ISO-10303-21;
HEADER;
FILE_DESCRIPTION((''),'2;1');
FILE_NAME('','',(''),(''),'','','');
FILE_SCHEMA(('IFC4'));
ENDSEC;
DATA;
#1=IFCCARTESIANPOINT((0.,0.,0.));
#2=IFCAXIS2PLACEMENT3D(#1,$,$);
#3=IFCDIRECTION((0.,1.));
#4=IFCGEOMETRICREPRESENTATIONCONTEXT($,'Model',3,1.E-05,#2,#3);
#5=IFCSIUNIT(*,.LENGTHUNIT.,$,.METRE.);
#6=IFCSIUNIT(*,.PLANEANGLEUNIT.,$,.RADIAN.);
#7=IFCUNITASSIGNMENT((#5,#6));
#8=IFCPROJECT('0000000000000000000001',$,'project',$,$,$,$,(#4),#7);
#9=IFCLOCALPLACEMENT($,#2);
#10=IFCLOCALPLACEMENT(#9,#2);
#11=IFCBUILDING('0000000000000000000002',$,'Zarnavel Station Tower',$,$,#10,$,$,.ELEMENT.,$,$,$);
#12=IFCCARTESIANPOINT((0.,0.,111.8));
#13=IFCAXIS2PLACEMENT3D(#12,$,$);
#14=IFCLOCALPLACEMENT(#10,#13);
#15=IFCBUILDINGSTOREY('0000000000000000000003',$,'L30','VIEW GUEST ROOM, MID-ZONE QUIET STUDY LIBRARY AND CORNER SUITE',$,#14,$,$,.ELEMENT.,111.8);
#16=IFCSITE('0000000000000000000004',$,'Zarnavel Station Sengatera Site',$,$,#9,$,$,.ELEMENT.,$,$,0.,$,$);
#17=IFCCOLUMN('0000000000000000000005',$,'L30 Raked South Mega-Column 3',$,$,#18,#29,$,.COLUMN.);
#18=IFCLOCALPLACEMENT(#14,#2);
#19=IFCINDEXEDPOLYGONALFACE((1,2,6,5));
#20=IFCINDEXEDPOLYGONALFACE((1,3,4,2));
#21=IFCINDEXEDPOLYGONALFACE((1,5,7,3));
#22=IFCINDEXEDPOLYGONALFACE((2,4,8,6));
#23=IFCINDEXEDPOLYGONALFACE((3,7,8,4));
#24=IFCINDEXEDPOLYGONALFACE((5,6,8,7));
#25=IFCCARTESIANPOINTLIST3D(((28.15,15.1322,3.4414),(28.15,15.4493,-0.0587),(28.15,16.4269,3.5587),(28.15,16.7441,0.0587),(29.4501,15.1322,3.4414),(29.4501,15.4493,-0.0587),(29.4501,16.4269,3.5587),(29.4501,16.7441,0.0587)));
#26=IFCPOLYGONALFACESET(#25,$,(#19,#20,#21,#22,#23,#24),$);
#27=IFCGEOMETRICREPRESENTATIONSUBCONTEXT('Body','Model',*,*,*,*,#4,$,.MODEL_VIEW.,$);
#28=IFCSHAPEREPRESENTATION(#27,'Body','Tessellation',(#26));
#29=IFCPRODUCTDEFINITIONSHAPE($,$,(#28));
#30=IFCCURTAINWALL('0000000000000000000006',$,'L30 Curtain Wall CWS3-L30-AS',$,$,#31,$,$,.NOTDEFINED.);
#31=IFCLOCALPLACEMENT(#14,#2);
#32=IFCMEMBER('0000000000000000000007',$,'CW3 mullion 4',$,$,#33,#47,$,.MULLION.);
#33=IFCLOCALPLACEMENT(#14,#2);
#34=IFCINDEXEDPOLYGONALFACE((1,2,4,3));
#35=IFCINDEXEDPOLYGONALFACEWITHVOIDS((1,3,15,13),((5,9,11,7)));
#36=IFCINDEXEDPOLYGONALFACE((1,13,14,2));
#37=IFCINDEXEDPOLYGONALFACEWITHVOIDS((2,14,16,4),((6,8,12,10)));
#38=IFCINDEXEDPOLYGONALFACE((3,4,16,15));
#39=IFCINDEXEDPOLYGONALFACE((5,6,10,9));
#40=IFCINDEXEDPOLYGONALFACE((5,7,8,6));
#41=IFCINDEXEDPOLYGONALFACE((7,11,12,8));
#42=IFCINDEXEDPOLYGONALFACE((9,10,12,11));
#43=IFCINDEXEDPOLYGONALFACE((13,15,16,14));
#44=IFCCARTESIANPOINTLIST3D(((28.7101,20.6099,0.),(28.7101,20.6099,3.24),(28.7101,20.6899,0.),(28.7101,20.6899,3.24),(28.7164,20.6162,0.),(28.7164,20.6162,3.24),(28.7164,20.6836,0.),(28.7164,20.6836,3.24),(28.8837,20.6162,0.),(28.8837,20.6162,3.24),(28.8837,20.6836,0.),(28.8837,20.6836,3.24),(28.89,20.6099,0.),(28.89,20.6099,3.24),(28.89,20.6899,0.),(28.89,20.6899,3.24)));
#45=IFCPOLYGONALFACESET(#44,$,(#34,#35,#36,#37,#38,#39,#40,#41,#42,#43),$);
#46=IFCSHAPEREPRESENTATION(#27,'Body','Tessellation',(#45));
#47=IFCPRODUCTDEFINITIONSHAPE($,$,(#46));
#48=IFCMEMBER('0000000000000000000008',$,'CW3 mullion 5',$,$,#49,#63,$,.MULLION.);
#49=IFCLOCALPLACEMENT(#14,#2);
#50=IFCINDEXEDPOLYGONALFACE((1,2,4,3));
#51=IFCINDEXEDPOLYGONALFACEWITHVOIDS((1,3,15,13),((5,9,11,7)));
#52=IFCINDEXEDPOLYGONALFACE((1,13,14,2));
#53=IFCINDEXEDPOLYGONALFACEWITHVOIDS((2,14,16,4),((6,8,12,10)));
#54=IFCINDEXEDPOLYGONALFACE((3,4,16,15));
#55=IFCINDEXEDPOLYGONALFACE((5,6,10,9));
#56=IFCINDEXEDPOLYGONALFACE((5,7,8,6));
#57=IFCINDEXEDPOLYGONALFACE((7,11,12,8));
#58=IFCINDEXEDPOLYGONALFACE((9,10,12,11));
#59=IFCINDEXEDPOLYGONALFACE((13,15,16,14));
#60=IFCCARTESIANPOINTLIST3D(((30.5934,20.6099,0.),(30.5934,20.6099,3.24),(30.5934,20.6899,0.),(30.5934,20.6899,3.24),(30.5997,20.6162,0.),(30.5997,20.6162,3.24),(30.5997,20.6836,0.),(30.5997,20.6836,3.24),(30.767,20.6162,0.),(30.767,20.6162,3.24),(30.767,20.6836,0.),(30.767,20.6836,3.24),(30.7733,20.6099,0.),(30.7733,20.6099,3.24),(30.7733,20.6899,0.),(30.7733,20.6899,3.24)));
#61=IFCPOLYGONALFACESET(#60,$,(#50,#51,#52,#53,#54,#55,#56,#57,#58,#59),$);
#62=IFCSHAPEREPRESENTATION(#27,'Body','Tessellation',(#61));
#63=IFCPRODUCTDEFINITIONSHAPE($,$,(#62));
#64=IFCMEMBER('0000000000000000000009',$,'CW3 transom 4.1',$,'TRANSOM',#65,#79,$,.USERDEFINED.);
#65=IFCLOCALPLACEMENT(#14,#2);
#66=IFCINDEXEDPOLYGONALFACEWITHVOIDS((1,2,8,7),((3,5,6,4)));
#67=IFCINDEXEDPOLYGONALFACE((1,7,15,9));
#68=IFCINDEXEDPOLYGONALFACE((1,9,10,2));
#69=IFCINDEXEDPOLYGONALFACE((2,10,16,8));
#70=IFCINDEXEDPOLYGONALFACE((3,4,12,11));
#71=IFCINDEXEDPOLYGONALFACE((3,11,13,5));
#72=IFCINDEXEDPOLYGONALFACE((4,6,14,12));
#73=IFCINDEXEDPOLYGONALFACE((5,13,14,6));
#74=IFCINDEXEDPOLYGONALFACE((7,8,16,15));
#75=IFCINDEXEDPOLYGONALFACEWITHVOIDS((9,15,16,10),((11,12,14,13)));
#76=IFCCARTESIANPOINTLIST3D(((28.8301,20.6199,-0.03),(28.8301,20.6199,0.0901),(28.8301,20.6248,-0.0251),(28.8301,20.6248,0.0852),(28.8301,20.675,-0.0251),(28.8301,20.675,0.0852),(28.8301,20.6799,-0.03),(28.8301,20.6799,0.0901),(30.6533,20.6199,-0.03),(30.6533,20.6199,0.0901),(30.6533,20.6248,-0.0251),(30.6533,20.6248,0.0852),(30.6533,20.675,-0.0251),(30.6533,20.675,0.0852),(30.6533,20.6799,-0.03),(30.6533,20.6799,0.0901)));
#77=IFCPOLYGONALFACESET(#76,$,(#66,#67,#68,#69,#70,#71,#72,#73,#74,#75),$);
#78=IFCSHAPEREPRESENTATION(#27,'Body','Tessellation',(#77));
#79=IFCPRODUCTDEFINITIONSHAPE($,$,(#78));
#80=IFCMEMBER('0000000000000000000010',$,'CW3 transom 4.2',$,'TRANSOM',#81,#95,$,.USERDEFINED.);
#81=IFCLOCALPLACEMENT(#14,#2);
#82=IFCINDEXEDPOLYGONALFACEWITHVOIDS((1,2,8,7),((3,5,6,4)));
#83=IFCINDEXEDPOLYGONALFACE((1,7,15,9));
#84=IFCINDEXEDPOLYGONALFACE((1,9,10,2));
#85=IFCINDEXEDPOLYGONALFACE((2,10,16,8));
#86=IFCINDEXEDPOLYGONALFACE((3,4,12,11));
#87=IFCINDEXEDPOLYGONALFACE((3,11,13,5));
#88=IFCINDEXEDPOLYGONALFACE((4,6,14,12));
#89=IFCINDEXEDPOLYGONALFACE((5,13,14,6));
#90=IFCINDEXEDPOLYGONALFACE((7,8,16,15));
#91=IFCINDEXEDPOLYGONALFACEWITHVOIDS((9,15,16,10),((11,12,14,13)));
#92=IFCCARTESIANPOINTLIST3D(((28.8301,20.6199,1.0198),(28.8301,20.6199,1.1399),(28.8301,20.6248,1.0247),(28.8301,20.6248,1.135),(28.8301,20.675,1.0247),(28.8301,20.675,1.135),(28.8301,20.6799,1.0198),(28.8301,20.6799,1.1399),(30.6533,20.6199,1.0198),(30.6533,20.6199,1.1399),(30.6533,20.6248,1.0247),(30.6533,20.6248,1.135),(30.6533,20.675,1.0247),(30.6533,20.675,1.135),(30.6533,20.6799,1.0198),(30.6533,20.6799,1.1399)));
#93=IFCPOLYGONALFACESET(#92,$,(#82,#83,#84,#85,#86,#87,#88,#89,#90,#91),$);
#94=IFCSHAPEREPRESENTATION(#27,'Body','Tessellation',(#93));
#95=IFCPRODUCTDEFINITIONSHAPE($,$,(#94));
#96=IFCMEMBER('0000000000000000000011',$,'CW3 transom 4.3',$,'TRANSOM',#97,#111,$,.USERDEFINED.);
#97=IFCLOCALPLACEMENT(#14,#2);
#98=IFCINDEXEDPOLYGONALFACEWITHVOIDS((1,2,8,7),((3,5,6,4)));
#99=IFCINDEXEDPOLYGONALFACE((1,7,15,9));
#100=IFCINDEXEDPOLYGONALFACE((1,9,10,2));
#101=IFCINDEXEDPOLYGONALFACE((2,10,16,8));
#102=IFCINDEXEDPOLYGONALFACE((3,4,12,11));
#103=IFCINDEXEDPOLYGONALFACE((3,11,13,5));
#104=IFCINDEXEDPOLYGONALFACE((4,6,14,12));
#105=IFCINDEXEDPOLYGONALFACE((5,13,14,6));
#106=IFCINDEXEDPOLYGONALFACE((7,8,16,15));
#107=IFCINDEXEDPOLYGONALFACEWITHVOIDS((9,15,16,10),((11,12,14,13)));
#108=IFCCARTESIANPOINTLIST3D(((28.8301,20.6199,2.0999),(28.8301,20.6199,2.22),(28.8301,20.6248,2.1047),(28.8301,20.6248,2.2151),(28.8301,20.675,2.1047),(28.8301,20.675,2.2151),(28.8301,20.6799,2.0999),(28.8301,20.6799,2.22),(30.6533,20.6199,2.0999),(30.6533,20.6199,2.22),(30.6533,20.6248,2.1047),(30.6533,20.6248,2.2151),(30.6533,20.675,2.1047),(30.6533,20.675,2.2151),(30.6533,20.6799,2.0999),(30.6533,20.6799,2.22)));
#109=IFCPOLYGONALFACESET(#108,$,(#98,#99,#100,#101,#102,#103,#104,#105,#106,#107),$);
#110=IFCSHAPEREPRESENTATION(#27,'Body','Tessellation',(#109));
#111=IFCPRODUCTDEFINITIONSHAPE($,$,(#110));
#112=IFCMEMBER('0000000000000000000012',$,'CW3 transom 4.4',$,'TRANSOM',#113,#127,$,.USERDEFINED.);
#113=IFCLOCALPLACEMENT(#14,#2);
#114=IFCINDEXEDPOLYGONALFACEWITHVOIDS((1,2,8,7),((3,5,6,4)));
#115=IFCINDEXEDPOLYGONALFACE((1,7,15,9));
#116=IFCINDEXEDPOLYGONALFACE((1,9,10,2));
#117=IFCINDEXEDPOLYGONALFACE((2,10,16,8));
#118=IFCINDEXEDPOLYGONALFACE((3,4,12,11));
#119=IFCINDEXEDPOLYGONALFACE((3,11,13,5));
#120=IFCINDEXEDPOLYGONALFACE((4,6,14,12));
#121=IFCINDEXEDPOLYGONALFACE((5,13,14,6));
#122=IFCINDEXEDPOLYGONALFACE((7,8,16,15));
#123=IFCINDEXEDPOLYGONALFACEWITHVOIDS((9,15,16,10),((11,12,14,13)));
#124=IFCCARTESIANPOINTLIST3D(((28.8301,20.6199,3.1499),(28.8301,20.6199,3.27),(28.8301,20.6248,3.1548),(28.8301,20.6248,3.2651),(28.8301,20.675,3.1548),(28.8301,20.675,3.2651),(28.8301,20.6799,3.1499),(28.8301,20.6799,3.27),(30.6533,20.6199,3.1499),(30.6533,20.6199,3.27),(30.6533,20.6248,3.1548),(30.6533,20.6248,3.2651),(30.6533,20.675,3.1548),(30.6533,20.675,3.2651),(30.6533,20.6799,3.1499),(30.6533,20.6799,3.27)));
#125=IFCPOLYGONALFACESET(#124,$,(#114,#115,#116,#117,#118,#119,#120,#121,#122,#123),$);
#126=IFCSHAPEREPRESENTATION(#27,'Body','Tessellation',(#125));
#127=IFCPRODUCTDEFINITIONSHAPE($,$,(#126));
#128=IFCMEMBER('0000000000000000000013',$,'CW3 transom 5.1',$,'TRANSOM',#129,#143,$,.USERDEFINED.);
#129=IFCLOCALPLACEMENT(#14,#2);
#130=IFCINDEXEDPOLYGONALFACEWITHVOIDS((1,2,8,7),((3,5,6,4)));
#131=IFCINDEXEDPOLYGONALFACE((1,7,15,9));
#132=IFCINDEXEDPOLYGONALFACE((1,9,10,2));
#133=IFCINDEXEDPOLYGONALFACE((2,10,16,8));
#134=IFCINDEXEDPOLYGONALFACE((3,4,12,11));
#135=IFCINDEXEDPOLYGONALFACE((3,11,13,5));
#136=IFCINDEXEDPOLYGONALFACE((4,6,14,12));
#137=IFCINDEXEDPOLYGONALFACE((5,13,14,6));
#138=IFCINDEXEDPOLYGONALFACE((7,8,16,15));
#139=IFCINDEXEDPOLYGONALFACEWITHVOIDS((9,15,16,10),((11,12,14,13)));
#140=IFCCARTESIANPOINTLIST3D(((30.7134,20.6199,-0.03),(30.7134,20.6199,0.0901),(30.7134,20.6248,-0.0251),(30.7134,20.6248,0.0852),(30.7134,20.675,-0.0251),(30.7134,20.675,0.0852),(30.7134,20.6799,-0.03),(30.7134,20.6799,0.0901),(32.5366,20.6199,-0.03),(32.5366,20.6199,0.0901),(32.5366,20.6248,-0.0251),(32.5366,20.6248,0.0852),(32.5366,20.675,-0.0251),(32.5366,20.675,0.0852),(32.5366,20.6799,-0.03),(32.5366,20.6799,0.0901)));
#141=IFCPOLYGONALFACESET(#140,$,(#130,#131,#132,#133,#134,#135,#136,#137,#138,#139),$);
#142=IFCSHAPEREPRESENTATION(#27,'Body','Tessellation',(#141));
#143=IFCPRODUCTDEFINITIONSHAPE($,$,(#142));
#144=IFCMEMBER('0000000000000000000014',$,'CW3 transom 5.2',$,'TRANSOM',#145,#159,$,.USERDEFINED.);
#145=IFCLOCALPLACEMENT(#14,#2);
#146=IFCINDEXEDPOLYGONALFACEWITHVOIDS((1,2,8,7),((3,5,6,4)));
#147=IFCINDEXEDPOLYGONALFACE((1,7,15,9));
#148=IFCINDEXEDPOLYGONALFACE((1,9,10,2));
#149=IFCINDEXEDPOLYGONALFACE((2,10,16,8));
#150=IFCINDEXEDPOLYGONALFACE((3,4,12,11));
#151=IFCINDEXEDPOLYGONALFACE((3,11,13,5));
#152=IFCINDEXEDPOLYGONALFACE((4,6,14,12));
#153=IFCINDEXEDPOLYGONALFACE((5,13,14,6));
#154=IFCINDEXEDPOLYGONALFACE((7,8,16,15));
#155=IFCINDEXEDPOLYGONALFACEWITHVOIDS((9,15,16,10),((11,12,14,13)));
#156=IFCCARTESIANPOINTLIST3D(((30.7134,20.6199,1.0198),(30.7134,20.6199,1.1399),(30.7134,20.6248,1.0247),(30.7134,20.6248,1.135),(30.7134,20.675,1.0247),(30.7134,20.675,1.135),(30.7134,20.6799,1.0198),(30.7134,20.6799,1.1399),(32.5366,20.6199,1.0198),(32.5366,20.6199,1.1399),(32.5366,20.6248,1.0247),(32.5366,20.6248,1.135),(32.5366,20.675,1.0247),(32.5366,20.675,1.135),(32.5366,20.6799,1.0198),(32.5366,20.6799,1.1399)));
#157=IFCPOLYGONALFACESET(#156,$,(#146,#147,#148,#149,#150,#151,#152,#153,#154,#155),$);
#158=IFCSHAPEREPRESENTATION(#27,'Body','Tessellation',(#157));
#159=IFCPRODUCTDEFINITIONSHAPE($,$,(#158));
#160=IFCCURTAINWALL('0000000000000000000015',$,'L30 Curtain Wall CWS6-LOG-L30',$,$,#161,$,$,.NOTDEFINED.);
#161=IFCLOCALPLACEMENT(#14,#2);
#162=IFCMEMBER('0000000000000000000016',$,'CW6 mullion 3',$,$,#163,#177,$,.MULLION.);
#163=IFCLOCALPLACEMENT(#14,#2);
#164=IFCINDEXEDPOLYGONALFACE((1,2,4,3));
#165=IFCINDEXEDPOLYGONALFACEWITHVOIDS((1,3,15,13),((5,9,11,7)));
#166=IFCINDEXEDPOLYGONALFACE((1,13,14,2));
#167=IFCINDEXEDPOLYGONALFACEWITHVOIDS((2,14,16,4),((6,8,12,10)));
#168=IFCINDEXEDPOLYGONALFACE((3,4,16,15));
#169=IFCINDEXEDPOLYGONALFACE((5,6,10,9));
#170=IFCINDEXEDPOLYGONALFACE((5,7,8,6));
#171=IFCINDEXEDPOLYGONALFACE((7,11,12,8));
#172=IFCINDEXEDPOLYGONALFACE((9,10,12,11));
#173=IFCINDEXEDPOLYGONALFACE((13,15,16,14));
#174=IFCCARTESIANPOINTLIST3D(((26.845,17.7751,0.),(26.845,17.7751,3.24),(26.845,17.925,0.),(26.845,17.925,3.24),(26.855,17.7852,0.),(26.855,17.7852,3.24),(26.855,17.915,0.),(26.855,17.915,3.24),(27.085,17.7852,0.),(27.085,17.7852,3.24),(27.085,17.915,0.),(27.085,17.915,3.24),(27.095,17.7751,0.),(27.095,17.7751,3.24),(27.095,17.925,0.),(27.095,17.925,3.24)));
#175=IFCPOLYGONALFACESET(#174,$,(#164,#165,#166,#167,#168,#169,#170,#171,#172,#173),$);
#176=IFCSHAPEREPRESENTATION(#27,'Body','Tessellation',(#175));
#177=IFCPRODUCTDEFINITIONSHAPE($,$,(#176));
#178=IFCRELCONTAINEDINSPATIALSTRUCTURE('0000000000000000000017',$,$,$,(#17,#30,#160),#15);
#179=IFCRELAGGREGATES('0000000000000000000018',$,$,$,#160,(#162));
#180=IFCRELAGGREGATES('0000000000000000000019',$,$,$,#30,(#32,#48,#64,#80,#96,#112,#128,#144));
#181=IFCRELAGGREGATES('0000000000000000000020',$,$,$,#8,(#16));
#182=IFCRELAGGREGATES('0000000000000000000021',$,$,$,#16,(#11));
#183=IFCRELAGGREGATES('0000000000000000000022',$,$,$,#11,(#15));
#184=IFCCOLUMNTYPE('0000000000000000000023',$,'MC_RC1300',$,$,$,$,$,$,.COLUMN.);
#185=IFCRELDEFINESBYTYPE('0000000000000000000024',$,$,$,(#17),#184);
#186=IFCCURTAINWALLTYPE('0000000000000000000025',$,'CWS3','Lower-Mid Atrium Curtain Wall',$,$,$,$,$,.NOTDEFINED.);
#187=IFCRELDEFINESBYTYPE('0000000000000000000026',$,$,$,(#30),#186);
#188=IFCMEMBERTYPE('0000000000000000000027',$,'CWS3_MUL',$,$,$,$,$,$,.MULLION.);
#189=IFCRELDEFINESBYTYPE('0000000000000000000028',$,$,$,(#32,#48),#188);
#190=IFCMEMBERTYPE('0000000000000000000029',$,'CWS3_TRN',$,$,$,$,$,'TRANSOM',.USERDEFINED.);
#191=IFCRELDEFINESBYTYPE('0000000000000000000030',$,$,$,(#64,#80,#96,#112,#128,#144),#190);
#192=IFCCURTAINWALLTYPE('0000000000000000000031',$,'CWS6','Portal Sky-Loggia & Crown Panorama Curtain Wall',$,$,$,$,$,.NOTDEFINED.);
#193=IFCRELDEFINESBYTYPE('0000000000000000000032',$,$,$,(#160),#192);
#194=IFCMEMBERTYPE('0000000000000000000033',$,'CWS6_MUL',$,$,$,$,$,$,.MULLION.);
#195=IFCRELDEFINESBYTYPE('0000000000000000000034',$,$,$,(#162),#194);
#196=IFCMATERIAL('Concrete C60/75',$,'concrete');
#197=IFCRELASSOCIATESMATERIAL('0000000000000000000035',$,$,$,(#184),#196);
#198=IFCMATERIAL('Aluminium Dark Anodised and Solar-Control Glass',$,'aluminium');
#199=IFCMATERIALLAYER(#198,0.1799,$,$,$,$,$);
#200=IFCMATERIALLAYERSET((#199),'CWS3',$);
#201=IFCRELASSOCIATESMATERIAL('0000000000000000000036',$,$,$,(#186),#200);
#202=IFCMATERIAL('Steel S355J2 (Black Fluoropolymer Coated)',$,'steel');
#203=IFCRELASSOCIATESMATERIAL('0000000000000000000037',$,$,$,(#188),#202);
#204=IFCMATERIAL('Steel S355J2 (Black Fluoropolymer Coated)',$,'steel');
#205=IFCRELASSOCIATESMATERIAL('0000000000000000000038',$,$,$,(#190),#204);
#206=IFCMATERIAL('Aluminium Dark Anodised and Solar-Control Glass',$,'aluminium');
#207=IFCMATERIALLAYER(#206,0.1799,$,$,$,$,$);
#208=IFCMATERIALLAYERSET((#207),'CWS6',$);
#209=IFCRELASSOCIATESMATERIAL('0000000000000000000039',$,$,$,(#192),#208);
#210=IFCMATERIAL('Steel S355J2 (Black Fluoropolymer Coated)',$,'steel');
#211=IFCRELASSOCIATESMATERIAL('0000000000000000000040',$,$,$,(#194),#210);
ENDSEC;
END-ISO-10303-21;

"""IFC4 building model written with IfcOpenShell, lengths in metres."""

from ifc_helpers import new_model, si_unit, direction, frame, origin, origin_2d, place, context, subcontext, project, spatial, rectangle, hollow_rectangle, extrude, material, layer, layer_set, material_profile, profile_set, type_object, element, aggregate, save


model = new_model("IFC4")

# Units and contexts
model_context = context("Model", 3, precision=1e-05, world=origin(), true_north=direction((0.0, 1.0)))
body_context = subcontext(model_context, "Body", "Model", "MODEL_VIEW")
ifc_project = project(units=[si_unit("LENGTHUNIT", "METRE"), si_unit("PLANEANGLEUNIT", "RADIAN")], contexts=[model_context])

# Site, building, storey
site_placement = place(None, origin())
site = spatial("IfcSite", under=ifc_project, at=site_placement, Name="Zarnavel Station Sengatera Site", CompositionType="ELEMENT", RefElevation=0.0)
building_placement = place(site_placement, origin())
building = spatial("IfcBuilding", under=site, at=building_placement, Name="Zarnavel Station Tower", CompositionType="ELEMENT")
storey_placement = place(building_placement, frame((0.0, 0.0, 111.8)))
storey = spatial("IfcBuildingStorey", under=building, at=storey_placement, Name="L30", Description="VIEW GUEST ROOM, MID-ZONE QUIET STUDY LIBRARY AND CORNER SUITE", CompositionType="ELEMENT", Elevation=111.8)

# Column
ifc_material_1 = material(Name="Concrete C60/75", Category="concrete")
ifc_material_profile_1 = material_profile(ifc_material_1, rectangle(XDim=1.3, YDim=1.3, at=origin_2d()), Name="RC1300x1300")
ifc_profile_set_1 = profile_set([ifc_material_profile_1], Name="Concrete C60/75")
column_type = type_object("IfcColumnType", Name="MC_RC1300", PredefinedType="COLUMN", material=ifc_profile_set_1)
column_placement = place(storey_placement, frame((28.8, 16.0967, 0.0), z_axis=(0.0, -0.090241, 0.99592), x_axis=(1.0, 0.0, 0.0)))
element("IfcColumn", 1, at=column_placement, inside=storey, type_object=column_type, Name="L30 Raked South Mega-Column 3", PredefinedType="COLUMN", context=body_context, shape_type="SweptSolid", body=[
    extrude(rectangle(XDim=1.3, YDim=1.3, at=origin_2d()), origin(), (0.0, 0.0, 1.0), 3.5144),
])

# Curtain wall, members
ifc_material_2 = material(Name="Aluminium Dark Anodised and Solar-Control Glass", Category="aluminium")
ifc_layer_1 = layer(ifc_material_2, 0.1799)
ifc_layer_set_1 = layer_set([ifc_layer_1], Name="CWS3")
curtain_wall_type_1 = type_object("IfcCurtainWallType", Name="CWS3", Description="Lower-Mid Atrium Curtain Wall", PredefinedType="NOTDEFINED", material=ifc_layer_set_1)
curtain_wall_1_placement = place(storey_placement, origin())
curtain_wall_1 = element("IfcCurtainWall", 2, at=curtain_wall_1_placement, inside=storey, type_object=curtain_wall_type_1, Name="L30 Curtain Wall CWS3-L30-AS", PredefinedType="NOTDEFINED")
ifc_material_3 = material(Name="Steel S355J2 (Black Fluoropolymer Coated)", Category="steel")
ifc_material_profile_2 = material_profile(ifc_material_3, hollow_rectangle(XDim=0.0801, YDim=0.1799, WallThickness=0.0063, at=origin_2d()), Name="RHS180x80x6.3")
ifc_profile_set_2 = profile_set([ifc_material_profile_2], Name="Steel S355J2 (Black Fluoropolymer Coated)")
member_type_1 = type_object("IfcMemberType", Name="CWS3_MUL", PredefinedType="MULLION", material=ifc_profile_set_2)
member_1_placement = place(storey_placement, frame((28.8, 20.6499, 0.0), z_axis=(0.0, 0.0, 1.0), x_axis=(0.0, 1.0, 0.0)))
member_1 = element("IfcMember", 3, at=member_1_placement, type_object=member_type_1, Name="CW3 mullion 4", PredefinedType="MULLION", context=body_context, shape_type="SweptSolid", body=[
    extrude(hollow_rectangle(XDim=0.0801, YDim=0.1799, WallThickness=0.0063, at=origin_2d()), origin(), (0.0, 0.0, 1.0), 3.24),
])
member_2_placement = place(storey_placement, frame((30.6833, 20.6499, 0.0), z_axis=(0.0, 0.0, 1.0), x_axis=(0.0, 1.0, 0.0)))
member_2 = element("IfcMember", 4, at=member_2_placement, type_object=member_type_1, Name="CW3 mullion 5", PredefinedType="MULLION", context=body_context, shape_type="SweptSolid", body=[
    extrude(hollow_rectangle(XDim=0.0801, YDim=0.1799, WallThickness=0.0063, at=origin_2d()), origin(), (0.0, 0.0, 1.0), 3.24),
])
ifc_material_4 = material(Name="Steel S355J2 (Black Fluoropolymer Coated)", Category="steel")
ifc_material_profile_3 = material_profile(ifc_material_4, hollow_rectangle(XDim=0.0601, YDim=0.1201, WallThickness=0.0049, at=origin_2d()), Name="RHS120x60x5")
ifc_profile_set_3 = profile_set([ifc_material_profile_3], Name="Steel S355J2 (Black Fluoropolymer Coated)")
member_type_2 = type_object("IfcMemberType", Name="CWS3_TRN", ElementType="TRANSOM", PredefinedType="USERDEFINED", material=ifc_profile_set_3)
member_3_placement = place(storey_placement, frame((28.8301, 20.6499, 0.03), z_axis=(1.0, 0.0, 0.0), x_axis=(0.0, 1.0, 0.0)))
member_3 = element("IfcMember", 5, at=member_3_placement, type_object=member_type_2, Name="CW3 transom 4.1", ObjectType="TRANSOM", PredefinedType="USERDEFINED", context=body_context, shape_type="SweptSolid", body=[
    extrude(hollow_rectangle(XDim=0.0601, YDim=0.1201, WallThickness=0.0049, at=origin_2d()), origin(), (0.0, 0.0, 1.0), 1.8232),
])
member_4_placement = place(storey_placement, frame((28.8301, 20.6499, 1.0798), z_axis=(1.0, 0.0, 0.0), x_axis=(0.0, 1.0, 0.0)))
member_4 = element("IfcMember", 6, at=member_4_placement, type_object=member_type_2, Name="CW3 transom 4.2", ObjectType="TRANSOM", PredefinedType="USERDEFINED", context=body_context, shape_type="SweptSolid", body=[
    extrude(hollow_rectangle(XDim=0.0601, YDim=0.1201, WallThickness=0.0049, at=origin_2d()), origin(), (0.0, 0.0, 1.0), 1.8232),
])
member_5_placement = place(storey_placement, frame((28.8301, 20.6499, 2.1599), z_axis=(1.0, 0.0, 0.0), x_axis=(0.0, 1.0, 0.0)))
member_5 = element("IfcMember", 7, at=member_5_placement, type_object=member_type_2, Name="CW3 transom 4.3", ObjectType="TRANSOM", PredefinedType="USERDEFINED", context=body_context, shape_type="SweptSolid", body=[
    extrude(hollow_rectangle(XDim=0.0601, YDim=0.1201, WallThickness=0.0049, at=origin_2d()), origin(), (0.0, 0.0, 1.0), 1.8232),
])
member_6_placement = place(storey_placement, frame((28.8301, 20.6499, 3.21), z_axis=(1.0, 0.0, 0.0), x_axis=(0.0, 1.0, 0.0)))
member_6 = element("IfcMember", 8, at=member_6_placement, type_object=member_type_2, Name="CW3 transom 4.4", ObjectType="TRANSOM", PredefinedType="USERDEFINED", context=body_context, shape_type="SweptSolid", body=[
    extrude(hollow_rectangle(XDim=0.0601, YDim=0.1201, WallThickness=0.0049, at=origin_2d()), origin(), (0.0, 0.0, 1.0), 1.8232),
])
member_7_placement = place(storey_placement, frame((30.7134, 20.6499, 0.03), z_axis=(1.0, 0.0, 0.0), x_axis=(0.0, 1.0, 0.0)))
member_7 = element("IfcMember", 9, at=member_7_placement, type_object=member_type_2, Name="CW3 transom 5.1", ObjectType="TRANSOM", PredefinedType="USERDEFINED", context=body_context, shape_type="SweptSolid", body=[
    extrude(hollow_rectangle(XDim=0.0601, YDim=0.1201, WallThickness=0.0049, at=origin_2d()), origin(), (0.0, 0.0, 1.0), 1.8232),
])
member_8_placement = place(storey_placement, frame((30.7134, 20.6499, 1.0798), z_axis=(1.0, 0.0, 0.0), x_axis=(0.0, 1.0, 0.0)))
member_8 = element("IfcMember", 10, at=member_8_placement, type_object=member_type_2, Name="CW3 transom 5.2", ObjectType="TRANSOM", PredefinedType="USERDEFINED", context=body_context, shape_type="SweptSolid", body=[
    extrude(hollow_rectangle(XDim=0.0601, YDim=0.1201, WallThickness=0.0049, at=origin_2d()), origin(), (0.0, 0.0, 1.0), 1.8232),
])

# Curtain wall, member
ifc_material_5 = material(Name="Aluminium Dark Anodised and Solar-Control Glass", Category="aluminium")
ifc_layer_2 = layer(ifc_material_5, 0.1799)
ifc_layer_set_2 = layer_set([ifc_layer_2], Name="CWS6")
curtain_wall_type_2 = type_object("IfcCurtainWallType", Name="CWS6", Description="Portal Sky-Loggia & Crown Panorama Curtain Wall", PredefinedType="NOTDEFINED", material=ifc_layer_set_2)
curtain_wall_2_placement = place(storey_placement, origin())
curtain_wall_2 = element("IfcCurtainWall", 11, at=curtain_wall_2_placement, inside=storey, type_object=curtain_wall_type_2, Name="L30 Curtain Wall CWS6-LOG-L30", PredefinedType="NOTDEFINED")
ifc_material_6 = material(Name="Steel S355J2 (Black Fluoropolymer Coated)", Category="steel")
ifc_material_profile_4 = material_profile(ifc_material_6, hollow_rectangle(XDim=0.1499, YDim=0.25, WallThickness=0.01, at=origin_2d()), Name="RHS250x150x10")
ifc_profile_set_4 = profile_set([ifc_material_profile_4], Name="Steel S355J2 (Black Fluoropolymer Coated)")
member_type_3 = type_object("IfcMemberType", Name="CWS6_MUL", PredefinedType="MULLION", material=ifc_profile_set_4)
member_9_placement = place(storey_placement, frame((26.97, 17.8501, 0.0), z_axis=(0.0, 0.0, 1.0), x_axis=(0.0, 1.0, 0.0)))
member_9 = element("IfcMember", 12, at=member_9_placement, type_object=member_type_3, Name="CW6 mullion 3", PredefinedType="MULLION", context=body_context, shape_type="SweptSolid", body=[
    extrude(hollow_rectangle(XDim=0.1499, YDim=0.25, WallThickness=0.01, at=origin_2d()), origin(), (0.0, 0.0, 1.0), 3.24),
])
aggregate(curtain_wall_2, [member_9])

aggregate(curtain_wall_1, [member_1, member_2, member_3, member_4, member_5, member_6, member_7, member_8])

save(model, "model.ifc")
